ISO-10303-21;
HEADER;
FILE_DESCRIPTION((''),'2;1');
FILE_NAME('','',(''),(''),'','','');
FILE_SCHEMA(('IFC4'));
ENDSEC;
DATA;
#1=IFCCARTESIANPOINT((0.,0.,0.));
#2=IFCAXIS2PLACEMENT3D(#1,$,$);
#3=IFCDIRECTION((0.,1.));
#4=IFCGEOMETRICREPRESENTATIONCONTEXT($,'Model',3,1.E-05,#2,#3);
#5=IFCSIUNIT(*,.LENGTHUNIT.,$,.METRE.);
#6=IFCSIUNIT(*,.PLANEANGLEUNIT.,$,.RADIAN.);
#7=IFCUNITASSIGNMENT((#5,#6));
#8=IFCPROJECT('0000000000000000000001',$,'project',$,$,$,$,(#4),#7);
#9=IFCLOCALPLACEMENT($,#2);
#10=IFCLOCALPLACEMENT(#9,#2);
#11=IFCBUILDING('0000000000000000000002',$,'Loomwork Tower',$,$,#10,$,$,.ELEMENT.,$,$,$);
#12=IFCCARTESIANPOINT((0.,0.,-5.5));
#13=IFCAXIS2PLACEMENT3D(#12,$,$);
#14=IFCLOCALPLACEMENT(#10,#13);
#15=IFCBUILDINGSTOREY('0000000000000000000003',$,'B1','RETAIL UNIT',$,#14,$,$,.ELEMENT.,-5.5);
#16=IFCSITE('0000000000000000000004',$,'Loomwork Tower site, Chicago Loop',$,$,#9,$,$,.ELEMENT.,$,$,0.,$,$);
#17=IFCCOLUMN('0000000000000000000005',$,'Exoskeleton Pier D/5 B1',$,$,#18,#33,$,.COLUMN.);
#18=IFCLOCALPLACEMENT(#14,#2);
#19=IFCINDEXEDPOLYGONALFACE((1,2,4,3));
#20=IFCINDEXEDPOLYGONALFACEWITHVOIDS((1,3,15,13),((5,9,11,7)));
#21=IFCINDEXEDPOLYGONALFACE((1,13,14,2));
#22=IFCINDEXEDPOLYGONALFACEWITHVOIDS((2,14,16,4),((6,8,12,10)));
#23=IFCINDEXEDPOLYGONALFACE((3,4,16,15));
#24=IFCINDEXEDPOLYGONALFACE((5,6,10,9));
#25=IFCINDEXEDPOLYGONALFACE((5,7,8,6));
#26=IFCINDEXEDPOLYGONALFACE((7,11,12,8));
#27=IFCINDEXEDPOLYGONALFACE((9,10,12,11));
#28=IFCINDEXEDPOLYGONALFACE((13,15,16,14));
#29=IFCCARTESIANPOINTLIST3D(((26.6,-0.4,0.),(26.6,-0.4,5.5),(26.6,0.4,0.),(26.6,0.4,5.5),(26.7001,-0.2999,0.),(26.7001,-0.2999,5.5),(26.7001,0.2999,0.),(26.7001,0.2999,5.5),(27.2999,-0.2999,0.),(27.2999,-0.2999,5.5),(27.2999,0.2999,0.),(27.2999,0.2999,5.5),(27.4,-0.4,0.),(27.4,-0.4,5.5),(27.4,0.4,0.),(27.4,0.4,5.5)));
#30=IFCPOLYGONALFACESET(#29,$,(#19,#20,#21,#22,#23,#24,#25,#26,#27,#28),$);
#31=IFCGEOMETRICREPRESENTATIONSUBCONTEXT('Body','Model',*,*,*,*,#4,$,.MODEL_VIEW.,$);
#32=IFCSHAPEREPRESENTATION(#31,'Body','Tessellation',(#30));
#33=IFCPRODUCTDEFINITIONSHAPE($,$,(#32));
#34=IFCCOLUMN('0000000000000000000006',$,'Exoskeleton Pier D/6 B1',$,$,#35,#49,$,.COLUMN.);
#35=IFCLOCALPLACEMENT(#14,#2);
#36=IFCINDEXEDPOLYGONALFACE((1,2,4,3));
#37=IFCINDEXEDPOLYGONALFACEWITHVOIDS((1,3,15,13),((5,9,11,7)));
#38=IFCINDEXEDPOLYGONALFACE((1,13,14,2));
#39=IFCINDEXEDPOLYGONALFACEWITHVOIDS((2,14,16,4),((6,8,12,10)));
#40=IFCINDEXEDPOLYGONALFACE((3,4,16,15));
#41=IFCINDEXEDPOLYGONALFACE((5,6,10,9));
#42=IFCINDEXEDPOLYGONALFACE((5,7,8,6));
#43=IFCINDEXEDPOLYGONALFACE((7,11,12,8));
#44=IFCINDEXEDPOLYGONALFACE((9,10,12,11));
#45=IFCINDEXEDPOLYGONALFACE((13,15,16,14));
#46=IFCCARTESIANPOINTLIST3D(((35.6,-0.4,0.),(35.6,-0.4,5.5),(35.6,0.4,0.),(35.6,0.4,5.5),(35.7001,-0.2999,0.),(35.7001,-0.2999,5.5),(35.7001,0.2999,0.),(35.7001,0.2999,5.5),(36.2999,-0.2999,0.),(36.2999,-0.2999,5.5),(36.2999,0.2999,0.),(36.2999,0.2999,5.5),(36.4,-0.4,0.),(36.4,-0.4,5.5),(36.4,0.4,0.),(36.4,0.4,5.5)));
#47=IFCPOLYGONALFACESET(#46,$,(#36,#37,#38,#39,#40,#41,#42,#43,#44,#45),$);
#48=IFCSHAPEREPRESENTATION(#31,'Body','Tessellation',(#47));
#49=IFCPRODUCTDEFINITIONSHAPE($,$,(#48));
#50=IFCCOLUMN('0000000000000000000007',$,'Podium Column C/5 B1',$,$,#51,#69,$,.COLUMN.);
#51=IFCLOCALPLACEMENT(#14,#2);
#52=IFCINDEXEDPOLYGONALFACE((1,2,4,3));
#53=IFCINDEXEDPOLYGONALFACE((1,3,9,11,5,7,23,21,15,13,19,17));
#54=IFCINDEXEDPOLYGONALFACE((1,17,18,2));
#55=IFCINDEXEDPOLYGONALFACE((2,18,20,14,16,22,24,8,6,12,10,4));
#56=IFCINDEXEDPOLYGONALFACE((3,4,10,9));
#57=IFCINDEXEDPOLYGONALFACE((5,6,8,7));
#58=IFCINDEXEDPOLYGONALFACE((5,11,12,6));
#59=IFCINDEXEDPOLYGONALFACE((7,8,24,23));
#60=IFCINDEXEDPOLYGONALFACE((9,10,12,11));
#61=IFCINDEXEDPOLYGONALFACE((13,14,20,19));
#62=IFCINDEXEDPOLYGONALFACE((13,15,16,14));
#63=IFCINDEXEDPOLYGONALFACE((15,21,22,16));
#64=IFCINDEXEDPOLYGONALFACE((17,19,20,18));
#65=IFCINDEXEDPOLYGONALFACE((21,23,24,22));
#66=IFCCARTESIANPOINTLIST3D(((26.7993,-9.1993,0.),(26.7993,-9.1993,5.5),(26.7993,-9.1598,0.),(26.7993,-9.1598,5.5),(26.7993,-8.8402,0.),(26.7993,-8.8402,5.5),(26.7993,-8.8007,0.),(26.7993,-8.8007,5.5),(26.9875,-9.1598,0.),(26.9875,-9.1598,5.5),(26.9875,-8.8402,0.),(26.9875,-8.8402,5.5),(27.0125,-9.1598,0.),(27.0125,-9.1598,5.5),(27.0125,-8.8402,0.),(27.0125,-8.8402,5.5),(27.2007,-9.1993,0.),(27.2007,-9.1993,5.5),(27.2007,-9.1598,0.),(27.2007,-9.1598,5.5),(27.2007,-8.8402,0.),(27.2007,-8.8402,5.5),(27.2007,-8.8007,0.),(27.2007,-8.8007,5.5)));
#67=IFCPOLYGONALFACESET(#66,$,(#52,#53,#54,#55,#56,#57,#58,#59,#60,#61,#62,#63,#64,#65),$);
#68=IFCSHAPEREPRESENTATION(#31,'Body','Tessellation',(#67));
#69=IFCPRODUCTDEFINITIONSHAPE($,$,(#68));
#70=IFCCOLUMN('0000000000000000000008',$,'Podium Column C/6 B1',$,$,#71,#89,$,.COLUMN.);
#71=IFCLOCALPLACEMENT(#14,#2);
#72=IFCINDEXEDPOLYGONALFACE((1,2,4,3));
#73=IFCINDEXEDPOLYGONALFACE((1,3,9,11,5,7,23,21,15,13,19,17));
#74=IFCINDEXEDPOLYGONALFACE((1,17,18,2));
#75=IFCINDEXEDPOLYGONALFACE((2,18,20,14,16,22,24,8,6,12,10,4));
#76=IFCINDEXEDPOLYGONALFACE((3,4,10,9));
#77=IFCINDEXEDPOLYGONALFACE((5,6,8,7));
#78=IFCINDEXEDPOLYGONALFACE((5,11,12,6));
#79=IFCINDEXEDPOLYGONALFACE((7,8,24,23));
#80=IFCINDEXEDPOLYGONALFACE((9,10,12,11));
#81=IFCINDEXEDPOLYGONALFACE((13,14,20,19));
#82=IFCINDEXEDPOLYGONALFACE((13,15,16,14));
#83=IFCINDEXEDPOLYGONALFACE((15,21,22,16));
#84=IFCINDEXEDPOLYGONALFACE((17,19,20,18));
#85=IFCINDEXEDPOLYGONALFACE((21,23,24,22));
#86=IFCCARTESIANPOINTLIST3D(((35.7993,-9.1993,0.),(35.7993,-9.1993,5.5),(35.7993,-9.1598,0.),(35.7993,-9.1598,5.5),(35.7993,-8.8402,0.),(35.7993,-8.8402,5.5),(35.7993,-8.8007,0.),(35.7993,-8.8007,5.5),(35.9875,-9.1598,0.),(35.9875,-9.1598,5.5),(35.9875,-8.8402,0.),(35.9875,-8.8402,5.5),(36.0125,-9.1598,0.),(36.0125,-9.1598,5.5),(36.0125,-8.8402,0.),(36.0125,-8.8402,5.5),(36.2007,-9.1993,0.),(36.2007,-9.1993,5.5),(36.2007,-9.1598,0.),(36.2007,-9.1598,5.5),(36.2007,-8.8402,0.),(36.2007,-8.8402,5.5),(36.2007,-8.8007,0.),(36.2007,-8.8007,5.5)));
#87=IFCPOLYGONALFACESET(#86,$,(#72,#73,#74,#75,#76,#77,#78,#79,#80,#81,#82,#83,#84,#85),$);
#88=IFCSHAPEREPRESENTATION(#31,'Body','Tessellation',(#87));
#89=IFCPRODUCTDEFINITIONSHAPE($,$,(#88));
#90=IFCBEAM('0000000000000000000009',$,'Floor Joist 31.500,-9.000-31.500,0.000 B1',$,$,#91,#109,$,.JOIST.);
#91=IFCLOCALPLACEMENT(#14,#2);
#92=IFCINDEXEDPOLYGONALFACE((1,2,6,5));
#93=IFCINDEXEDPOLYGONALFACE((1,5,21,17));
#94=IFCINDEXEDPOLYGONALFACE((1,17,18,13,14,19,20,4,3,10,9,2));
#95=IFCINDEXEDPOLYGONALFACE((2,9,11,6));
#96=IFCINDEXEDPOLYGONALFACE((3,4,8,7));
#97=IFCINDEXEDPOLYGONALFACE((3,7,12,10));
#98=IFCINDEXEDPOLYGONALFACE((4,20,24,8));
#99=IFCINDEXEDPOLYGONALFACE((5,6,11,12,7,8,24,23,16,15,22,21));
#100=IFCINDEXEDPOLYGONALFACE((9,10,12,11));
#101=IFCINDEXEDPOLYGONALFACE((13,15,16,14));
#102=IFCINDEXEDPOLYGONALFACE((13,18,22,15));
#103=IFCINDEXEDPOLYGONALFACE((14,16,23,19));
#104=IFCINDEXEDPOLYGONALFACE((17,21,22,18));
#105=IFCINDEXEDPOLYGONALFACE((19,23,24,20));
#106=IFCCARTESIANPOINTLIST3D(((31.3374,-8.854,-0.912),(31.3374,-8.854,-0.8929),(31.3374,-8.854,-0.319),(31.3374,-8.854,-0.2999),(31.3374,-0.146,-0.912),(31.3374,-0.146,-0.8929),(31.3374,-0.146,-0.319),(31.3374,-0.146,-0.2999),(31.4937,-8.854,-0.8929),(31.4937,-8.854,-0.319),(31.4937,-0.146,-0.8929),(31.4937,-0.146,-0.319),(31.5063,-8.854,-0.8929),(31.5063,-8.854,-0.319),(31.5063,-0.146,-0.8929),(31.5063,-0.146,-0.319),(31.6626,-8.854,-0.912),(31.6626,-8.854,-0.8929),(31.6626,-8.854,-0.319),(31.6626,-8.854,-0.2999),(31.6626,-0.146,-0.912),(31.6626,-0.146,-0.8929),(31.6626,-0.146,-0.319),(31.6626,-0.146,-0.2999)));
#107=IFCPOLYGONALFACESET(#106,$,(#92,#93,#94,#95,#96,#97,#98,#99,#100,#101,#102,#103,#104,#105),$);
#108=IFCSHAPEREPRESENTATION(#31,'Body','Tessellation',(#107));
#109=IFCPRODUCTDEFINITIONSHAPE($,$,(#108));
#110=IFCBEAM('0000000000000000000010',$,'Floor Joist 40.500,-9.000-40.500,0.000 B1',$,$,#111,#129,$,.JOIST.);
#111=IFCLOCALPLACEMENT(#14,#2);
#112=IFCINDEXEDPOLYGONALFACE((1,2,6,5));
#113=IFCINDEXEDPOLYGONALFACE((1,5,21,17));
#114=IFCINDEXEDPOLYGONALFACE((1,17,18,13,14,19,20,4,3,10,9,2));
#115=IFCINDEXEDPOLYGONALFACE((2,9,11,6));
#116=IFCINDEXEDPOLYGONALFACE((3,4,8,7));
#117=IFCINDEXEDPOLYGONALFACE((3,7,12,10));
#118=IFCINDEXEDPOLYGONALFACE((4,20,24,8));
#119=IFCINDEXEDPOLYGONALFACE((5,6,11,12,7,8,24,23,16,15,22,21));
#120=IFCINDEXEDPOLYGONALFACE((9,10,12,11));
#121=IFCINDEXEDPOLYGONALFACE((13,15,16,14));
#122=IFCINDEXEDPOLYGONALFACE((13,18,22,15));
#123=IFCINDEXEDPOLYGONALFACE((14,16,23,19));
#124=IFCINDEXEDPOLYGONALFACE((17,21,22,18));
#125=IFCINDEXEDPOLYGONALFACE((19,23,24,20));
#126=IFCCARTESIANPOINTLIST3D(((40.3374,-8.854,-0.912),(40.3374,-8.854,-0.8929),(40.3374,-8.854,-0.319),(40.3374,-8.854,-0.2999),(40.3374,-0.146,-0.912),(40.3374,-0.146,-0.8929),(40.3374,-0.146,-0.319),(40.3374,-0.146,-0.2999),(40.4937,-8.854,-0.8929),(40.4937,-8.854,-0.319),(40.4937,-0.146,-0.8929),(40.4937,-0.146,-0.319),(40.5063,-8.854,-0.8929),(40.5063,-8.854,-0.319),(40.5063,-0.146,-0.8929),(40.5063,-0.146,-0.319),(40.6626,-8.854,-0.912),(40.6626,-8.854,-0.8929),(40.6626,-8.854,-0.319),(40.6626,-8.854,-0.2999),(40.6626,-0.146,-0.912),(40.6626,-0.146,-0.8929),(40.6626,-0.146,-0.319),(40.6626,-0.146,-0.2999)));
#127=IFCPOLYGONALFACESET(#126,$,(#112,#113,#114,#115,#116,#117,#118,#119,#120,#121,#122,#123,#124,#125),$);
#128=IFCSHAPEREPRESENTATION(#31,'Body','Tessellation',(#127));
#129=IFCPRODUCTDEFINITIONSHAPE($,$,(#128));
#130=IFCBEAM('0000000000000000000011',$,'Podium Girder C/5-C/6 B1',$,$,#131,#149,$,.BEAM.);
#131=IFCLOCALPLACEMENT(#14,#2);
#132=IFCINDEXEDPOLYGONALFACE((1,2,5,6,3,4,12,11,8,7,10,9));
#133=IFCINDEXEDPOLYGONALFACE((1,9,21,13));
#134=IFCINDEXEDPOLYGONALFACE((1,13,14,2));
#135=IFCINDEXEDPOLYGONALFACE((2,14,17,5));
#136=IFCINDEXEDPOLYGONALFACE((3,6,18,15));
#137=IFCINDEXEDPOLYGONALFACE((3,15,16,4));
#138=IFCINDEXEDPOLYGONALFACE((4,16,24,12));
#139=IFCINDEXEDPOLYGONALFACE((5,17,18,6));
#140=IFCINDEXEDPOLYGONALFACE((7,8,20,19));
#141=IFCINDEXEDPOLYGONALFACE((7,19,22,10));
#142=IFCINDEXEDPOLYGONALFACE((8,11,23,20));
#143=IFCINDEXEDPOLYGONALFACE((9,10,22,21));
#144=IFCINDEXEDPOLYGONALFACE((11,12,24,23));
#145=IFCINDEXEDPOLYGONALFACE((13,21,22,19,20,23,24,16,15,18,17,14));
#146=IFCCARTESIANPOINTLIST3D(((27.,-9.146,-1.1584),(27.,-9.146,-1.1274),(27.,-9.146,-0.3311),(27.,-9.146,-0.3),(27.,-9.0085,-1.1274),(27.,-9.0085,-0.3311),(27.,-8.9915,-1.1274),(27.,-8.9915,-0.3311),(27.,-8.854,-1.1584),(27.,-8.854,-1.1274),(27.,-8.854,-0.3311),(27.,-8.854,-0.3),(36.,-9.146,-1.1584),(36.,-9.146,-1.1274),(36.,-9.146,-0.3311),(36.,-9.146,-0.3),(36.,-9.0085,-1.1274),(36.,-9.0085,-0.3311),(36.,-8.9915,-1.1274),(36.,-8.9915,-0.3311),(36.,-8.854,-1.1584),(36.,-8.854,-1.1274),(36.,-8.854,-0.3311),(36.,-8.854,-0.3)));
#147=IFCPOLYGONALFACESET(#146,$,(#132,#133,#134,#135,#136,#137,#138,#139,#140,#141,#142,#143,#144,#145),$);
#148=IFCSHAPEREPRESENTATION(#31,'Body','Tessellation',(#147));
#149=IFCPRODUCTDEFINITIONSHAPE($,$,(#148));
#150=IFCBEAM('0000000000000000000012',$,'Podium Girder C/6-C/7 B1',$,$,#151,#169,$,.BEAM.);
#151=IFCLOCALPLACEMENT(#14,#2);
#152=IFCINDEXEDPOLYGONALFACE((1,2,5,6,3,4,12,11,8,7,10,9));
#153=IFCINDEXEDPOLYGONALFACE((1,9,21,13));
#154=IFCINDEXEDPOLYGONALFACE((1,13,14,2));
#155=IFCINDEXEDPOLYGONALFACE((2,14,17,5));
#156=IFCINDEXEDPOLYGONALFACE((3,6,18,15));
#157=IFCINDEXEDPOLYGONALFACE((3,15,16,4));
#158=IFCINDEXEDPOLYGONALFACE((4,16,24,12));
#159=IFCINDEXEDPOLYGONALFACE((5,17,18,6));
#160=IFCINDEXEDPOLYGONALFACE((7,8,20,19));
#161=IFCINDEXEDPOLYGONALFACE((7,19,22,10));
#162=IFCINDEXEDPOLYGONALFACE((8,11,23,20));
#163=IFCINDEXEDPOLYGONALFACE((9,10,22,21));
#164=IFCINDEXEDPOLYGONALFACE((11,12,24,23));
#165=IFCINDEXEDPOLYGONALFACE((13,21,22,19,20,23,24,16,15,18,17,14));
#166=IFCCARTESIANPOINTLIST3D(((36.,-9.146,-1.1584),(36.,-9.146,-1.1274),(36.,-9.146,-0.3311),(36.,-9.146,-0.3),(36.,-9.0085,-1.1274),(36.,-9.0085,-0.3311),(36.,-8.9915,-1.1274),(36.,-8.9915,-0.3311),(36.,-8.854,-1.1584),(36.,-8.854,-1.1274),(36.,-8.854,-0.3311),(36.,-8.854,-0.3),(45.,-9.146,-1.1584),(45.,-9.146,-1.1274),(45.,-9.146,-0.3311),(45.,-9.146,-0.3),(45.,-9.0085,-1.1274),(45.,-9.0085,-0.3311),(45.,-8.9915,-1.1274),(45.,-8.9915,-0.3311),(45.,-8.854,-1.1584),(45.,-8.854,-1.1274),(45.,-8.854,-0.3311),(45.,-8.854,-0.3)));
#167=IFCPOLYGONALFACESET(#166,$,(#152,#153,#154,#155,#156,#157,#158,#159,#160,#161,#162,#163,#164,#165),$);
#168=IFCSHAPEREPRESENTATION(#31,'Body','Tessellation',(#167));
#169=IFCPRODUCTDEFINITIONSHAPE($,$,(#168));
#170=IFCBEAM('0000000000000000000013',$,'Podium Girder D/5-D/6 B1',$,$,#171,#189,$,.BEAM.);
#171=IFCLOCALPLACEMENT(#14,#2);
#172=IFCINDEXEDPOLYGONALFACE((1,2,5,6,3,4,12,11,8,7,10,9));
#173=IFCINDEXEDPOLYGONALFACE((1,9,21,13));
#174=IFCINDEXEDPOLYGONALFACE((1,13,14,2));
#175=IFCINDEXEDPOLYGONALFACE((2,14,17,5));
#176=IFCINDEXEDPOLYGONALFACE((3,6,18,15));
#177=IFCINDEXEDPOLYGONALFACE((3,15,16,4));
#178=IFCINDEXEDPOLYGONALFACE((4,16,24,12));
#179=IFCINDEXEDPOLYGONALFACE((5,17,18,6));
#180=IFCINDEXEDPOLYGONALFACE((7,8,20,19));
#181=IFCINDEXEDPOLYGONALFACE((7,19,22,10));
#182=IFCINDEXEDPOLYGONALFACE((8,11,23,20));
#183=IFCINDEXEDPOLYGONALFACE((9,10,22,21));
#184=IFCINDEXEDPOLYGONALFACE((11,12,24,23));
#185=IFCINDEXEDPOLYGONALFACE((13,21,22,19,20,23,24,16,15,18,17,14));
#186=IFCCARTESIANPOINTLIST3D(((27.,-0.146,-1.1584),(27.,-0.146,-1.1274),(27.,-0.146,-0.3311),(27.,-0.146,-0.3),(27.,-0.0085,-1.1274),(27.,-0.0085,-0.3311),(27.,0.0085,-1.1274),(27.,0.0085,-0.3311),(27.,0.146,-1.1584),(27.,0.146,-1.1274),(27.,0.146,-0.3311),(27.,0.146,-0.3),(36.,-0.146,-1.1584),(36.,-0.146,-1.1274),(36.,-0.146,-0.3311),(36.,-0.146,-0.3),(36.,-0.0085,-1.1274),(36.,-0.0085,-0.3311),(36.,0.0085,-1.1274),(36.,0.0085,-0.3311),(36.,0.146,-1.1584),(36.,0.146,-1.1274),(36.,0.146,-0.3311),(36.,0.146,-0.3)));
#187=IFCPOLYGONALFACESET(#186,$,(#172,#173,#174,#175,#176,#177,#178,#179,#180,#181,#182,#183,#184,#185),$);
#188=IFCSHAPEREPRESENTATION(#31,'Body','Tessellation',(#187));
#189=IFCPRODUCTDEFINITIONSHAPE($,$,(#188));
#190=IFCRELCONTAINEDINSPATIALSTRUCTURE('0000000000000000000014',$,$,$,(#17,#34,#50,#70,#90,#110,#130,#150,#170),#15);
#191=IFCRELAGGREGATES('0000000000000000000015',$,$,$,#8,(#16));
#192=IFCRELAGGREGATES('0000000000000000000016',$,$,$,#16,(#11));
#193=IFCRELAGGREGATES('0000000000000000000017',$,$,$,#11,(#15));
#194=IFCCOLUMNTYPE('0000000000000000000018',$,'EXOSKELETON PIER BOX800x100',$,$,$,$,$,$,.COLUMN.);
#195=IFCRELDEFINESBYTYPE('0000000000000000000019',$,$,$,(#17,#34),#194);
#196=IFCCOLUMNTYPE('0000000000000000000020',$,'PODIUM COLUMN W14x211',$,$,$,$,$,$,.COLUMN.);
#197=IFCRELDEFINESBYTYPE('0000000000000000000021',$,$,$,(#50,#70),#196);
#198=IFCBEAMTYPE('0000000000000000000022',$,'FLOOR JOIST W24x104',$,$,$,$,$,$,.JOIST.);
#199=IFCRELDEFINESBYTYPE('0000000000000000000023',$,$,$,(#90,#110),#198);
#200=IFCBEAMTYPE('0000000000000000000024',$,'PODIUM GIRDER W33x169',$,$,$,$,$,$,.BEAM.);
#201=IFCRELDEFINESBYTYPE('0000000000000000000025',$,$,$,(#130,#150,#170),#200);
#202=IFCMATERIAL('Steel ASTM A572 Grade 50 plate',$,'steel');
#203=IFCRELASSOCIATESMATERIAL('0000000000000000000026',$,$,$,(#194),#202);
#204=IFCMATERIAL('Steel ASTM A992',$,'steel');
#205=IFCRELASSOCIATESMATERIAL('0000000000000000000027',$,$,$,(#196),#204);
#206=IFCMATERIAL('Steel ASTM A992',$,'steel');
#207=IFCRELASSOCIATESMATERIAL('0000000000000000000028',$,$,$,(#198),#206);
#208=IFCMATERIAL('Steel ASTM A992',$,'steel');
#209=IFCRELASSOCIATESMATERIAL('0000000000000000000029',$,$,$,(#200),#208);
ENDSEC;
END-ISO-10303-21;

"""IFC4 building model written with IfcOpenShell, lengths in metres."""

from ifc_helpers import new_model, si_unit, direction, frame, origin, origin_2d, place, context, subcontext, project, spatial, hollow_rectangle, i_section, extrude, material, material_profile, profile_set, type_object, element, save


model = new_model("IFC4")

# Units and contexts
model_context = context("Model", 3, precision=1e-05, world=origin(), true_north=direction((0.0, 1.0)))
body_context = subcontext(model_context, "Body", "Model", "MODEL_VIEW")
ifc_project = project(units=[si_unit("LENGTHUNIT", "METRE"), si_unit("PLANEANGLEUNIT", "RADIAN")], contexts=[model_context])

# Site, building, storey
site_placement = place(None, origin())
site = spatial("IfcSite", under=ifc_project, at=site_placement, Name="Loomwork Tower site, Chicago Loop", CompositionType="ELEMENT", RefElevation=0.0)
building_placement = place(site_placement, origin())
building = spatial("IfcBuilding", under=site, at=building_placement, Name="Loomwork Tower", CompositionType="ELEMENT")
storey_placement = place(building_placement, frame((0.0, 0.0, -5.5)))
storey = spatial("IfcBuildingStorey", under=building, at=storey_placement, Name="B1", Description="RETAIL UNIT", CompositionType="ELEMENT", Elevation=-5.5)

# Columns
ifc_material_1 = material(Name="Steel ASTM A572 Grade 50 plate", Category="steel")
ifc_material_profile_1 = material_profile(ifc_material_1, hollow_rectangle(XDim=0.8, YDim=0.8, WallThickness=0.1001, at=origin_2d()), Name="BOX800x100")
ifc_profile_set_1 = profile_set([ifc_material_profile_1], Name="Steel ASTM A572 Grade 50 plate")
column_type_1 = type_object("IfcColumnType", Name="EXOSKELETON PIER BOX800x100", PredefinedType="COLUMN", material=ifc_profile_set_1)
for number, where, z_axis, x_axis, name in (
    (1, (27.0, 0.0, 0.0), (0.0, 0.0, 1.0), (1.0, 0.0, 0.0), "Exoskeleton Pier D/5 B1"),
    (2, (36.0, 0.0, 0.0), (0.0, 0.0, 1.0), (1.0, 0.0, 0.0), "Exoskeleton Pier D/6 B1"),
):
    element("IfcColumn", number, at=place(storey_placement, frame(where, z_axis=z_axis, x_axis=x_axis)), inside=storey, type_object=column_type_1, Name=name, PredefinedType="COLUMN", context=body_context, shape_type="SweptSolid", body=[
        extrude(hollow_rectangle(XDim=0.8, YDim=0.8, WallThickness=0.1001, at=origin_2d()), origin(), (0.0, 0.0, 1.0), 5.5),
    ])
ifc_material_2 = material(Name="Steel ASTM A992", Category="steel")
ifc_material_profile_2 = material_profile(ifc_material_2, i_section(OverallWidth=0.4014, OverallDepth=0.3987, WebThickness=0.0249, FlangeThickness=0.0396, at=origin_2d()), Name="W14x211")
ifc_profile_set_2 = profile_set([ifc_material_profile_2], Name="Steel ASTM A992")
column_type_2 = type_object("IfcColumnType", Name="PODIUM COLUMN W14x211", PredefinedType="COLUMN", material=ifc_profile_set_2)
for number, where, z_axis, x_axis, name in (
    (3, (27.0, -9.0, 0.0), (0.0, 0.0, 1.0), (1.0, 0.0, 0.0), "Podium Column C/5 B1"),
    (4, (36.0, -9.0, 0.0), (0.0, 0.0, 1.0), (1.0, 0.0, 0.0), "Podium Column C/6 B1"),
):
    element("IfcColumn", number, at=place(storey_placement, frame(where, z_axis=z_axis, x_axis=x_axis)), inside=storey, type_object=column_type_2, Name=name, PredefinedType="COLUMN", context=body_context, shape_type="SweptSolid", body=[
        extrude(i_section(OverallWidth=0.4014, OverallDepth=0.3987, WebThickness=0.0249, FlangeThickness=0.0396, at=origin_2d()), origin(), (0.0, 0.0, 1.0), 5.5),
    ])

# Beams
ifc_material_3 = material(Name="Steel ASTM A992", Category="steel")
ifc_material_profile_3 = material_profile(ifc_material_3, i_section(OverallWidth=0.3252, OverallDepth=0.6121, WebThickness=0.0127, FlangeThickness=0.019, at=origin_2d()), Name="W24x104")
ifc_profile_set_3 = profile_set([ifc_material_profile_3], Name="Steel ASTM A992")
beam_type_1 = type_object("IfcBeamType", Name="FLOOR JOIST W24x104", PredefinedType="JOIST", material=ifc_profile_set_3)
for number, where, z_axis, x_axis, name in (
    (5, (31.5, -8.854, -0.606), (0.0, 1.0, 0.0), (-1.0, 0.0, 0.0), "Floor Joist 31.500,-9.000-31.500,0.000 B1"),
    (6, (40.5, -8.854, -0.606), (0.0, 1.0, 0.0), (-1.0, 0.0, 0.0), "Floor Joist 40.500,-9.000-40.500,0.000 B1"),
):
    element("IfcBeam", number, at=place(storey_placement, frame(where, z_axis=z_axis, x_axis=x_axis)), inside=storey, type_object=beam_type_1, Name=name, PredefinedType="JOIST", context=body_context, shape_type="SweptSolid", body=[
        extrude(i_section(OverallWidth=0.3252, OverallDepth=0.6121, WebThickness=0.0127, FlangeThickness=0.019, at=origin_2d()), origin(), (0.0, 0.0, 1.0), 8.708),
    ])
ifc_material_4 = material(Name="Steel ASTM A992", Category="steel")
ifc_material_profile_4 = material_profile(ifc_material_4, i_section(OverallWidth=0.292, OverallDepth=0.8584, WebThickness=0.0171, FlangeThickness=0.031, at=origin_2d()), Name="W33x169")
ifc_profile_set_4 = profile_set([ifc_material_profile_4], Name="Steel ASTM A992")
beam_type_2 = type_object("IfcBeamType", Name="PODIUM GIRDER W33x169", PredefinedType="BEAM", material=ifc_profile_set_4)
for number, where, z_axis, x_axis, name in (
    (7, (27.0, -9.0, -0.7292), (1.0, 0.0, 0.0), (0.0, 1.0, 0.0), "Podium Girder C/5-C/6 B1"),
    (8, (36.0, -9.0, -0.7292), (1.0, 0.0, 0.0), (0.0, 1.0, 0.0), "Podium Girder C/6-C/7 B1"),
    (9, (27.0, 0.0, -0.7292), (1.0, 0.0, 0.0), (0.0, 1.0, 0.0), "Podium Girder D/5-D/6 B1"),
):
    element("IfcBeam", number, at=place(storey_placement, frame(where, z_axis=z_axis, x_axis=x_axis)), inside=storey, type_object=beam_type_2, Name=name, PredefinedType="BEAM", context=body_context, shape_type="SweptSolid", body=[
        extrude(i_section(OverallWidth=0.292, OverallDepth=0.8584, WebThickness=0.0171, FlangeThickness=0.031, at=origin_2d()), origin(), (0.0, 0.0, 1.0), 9.0),
    ])

save(model, "model.ifc")
